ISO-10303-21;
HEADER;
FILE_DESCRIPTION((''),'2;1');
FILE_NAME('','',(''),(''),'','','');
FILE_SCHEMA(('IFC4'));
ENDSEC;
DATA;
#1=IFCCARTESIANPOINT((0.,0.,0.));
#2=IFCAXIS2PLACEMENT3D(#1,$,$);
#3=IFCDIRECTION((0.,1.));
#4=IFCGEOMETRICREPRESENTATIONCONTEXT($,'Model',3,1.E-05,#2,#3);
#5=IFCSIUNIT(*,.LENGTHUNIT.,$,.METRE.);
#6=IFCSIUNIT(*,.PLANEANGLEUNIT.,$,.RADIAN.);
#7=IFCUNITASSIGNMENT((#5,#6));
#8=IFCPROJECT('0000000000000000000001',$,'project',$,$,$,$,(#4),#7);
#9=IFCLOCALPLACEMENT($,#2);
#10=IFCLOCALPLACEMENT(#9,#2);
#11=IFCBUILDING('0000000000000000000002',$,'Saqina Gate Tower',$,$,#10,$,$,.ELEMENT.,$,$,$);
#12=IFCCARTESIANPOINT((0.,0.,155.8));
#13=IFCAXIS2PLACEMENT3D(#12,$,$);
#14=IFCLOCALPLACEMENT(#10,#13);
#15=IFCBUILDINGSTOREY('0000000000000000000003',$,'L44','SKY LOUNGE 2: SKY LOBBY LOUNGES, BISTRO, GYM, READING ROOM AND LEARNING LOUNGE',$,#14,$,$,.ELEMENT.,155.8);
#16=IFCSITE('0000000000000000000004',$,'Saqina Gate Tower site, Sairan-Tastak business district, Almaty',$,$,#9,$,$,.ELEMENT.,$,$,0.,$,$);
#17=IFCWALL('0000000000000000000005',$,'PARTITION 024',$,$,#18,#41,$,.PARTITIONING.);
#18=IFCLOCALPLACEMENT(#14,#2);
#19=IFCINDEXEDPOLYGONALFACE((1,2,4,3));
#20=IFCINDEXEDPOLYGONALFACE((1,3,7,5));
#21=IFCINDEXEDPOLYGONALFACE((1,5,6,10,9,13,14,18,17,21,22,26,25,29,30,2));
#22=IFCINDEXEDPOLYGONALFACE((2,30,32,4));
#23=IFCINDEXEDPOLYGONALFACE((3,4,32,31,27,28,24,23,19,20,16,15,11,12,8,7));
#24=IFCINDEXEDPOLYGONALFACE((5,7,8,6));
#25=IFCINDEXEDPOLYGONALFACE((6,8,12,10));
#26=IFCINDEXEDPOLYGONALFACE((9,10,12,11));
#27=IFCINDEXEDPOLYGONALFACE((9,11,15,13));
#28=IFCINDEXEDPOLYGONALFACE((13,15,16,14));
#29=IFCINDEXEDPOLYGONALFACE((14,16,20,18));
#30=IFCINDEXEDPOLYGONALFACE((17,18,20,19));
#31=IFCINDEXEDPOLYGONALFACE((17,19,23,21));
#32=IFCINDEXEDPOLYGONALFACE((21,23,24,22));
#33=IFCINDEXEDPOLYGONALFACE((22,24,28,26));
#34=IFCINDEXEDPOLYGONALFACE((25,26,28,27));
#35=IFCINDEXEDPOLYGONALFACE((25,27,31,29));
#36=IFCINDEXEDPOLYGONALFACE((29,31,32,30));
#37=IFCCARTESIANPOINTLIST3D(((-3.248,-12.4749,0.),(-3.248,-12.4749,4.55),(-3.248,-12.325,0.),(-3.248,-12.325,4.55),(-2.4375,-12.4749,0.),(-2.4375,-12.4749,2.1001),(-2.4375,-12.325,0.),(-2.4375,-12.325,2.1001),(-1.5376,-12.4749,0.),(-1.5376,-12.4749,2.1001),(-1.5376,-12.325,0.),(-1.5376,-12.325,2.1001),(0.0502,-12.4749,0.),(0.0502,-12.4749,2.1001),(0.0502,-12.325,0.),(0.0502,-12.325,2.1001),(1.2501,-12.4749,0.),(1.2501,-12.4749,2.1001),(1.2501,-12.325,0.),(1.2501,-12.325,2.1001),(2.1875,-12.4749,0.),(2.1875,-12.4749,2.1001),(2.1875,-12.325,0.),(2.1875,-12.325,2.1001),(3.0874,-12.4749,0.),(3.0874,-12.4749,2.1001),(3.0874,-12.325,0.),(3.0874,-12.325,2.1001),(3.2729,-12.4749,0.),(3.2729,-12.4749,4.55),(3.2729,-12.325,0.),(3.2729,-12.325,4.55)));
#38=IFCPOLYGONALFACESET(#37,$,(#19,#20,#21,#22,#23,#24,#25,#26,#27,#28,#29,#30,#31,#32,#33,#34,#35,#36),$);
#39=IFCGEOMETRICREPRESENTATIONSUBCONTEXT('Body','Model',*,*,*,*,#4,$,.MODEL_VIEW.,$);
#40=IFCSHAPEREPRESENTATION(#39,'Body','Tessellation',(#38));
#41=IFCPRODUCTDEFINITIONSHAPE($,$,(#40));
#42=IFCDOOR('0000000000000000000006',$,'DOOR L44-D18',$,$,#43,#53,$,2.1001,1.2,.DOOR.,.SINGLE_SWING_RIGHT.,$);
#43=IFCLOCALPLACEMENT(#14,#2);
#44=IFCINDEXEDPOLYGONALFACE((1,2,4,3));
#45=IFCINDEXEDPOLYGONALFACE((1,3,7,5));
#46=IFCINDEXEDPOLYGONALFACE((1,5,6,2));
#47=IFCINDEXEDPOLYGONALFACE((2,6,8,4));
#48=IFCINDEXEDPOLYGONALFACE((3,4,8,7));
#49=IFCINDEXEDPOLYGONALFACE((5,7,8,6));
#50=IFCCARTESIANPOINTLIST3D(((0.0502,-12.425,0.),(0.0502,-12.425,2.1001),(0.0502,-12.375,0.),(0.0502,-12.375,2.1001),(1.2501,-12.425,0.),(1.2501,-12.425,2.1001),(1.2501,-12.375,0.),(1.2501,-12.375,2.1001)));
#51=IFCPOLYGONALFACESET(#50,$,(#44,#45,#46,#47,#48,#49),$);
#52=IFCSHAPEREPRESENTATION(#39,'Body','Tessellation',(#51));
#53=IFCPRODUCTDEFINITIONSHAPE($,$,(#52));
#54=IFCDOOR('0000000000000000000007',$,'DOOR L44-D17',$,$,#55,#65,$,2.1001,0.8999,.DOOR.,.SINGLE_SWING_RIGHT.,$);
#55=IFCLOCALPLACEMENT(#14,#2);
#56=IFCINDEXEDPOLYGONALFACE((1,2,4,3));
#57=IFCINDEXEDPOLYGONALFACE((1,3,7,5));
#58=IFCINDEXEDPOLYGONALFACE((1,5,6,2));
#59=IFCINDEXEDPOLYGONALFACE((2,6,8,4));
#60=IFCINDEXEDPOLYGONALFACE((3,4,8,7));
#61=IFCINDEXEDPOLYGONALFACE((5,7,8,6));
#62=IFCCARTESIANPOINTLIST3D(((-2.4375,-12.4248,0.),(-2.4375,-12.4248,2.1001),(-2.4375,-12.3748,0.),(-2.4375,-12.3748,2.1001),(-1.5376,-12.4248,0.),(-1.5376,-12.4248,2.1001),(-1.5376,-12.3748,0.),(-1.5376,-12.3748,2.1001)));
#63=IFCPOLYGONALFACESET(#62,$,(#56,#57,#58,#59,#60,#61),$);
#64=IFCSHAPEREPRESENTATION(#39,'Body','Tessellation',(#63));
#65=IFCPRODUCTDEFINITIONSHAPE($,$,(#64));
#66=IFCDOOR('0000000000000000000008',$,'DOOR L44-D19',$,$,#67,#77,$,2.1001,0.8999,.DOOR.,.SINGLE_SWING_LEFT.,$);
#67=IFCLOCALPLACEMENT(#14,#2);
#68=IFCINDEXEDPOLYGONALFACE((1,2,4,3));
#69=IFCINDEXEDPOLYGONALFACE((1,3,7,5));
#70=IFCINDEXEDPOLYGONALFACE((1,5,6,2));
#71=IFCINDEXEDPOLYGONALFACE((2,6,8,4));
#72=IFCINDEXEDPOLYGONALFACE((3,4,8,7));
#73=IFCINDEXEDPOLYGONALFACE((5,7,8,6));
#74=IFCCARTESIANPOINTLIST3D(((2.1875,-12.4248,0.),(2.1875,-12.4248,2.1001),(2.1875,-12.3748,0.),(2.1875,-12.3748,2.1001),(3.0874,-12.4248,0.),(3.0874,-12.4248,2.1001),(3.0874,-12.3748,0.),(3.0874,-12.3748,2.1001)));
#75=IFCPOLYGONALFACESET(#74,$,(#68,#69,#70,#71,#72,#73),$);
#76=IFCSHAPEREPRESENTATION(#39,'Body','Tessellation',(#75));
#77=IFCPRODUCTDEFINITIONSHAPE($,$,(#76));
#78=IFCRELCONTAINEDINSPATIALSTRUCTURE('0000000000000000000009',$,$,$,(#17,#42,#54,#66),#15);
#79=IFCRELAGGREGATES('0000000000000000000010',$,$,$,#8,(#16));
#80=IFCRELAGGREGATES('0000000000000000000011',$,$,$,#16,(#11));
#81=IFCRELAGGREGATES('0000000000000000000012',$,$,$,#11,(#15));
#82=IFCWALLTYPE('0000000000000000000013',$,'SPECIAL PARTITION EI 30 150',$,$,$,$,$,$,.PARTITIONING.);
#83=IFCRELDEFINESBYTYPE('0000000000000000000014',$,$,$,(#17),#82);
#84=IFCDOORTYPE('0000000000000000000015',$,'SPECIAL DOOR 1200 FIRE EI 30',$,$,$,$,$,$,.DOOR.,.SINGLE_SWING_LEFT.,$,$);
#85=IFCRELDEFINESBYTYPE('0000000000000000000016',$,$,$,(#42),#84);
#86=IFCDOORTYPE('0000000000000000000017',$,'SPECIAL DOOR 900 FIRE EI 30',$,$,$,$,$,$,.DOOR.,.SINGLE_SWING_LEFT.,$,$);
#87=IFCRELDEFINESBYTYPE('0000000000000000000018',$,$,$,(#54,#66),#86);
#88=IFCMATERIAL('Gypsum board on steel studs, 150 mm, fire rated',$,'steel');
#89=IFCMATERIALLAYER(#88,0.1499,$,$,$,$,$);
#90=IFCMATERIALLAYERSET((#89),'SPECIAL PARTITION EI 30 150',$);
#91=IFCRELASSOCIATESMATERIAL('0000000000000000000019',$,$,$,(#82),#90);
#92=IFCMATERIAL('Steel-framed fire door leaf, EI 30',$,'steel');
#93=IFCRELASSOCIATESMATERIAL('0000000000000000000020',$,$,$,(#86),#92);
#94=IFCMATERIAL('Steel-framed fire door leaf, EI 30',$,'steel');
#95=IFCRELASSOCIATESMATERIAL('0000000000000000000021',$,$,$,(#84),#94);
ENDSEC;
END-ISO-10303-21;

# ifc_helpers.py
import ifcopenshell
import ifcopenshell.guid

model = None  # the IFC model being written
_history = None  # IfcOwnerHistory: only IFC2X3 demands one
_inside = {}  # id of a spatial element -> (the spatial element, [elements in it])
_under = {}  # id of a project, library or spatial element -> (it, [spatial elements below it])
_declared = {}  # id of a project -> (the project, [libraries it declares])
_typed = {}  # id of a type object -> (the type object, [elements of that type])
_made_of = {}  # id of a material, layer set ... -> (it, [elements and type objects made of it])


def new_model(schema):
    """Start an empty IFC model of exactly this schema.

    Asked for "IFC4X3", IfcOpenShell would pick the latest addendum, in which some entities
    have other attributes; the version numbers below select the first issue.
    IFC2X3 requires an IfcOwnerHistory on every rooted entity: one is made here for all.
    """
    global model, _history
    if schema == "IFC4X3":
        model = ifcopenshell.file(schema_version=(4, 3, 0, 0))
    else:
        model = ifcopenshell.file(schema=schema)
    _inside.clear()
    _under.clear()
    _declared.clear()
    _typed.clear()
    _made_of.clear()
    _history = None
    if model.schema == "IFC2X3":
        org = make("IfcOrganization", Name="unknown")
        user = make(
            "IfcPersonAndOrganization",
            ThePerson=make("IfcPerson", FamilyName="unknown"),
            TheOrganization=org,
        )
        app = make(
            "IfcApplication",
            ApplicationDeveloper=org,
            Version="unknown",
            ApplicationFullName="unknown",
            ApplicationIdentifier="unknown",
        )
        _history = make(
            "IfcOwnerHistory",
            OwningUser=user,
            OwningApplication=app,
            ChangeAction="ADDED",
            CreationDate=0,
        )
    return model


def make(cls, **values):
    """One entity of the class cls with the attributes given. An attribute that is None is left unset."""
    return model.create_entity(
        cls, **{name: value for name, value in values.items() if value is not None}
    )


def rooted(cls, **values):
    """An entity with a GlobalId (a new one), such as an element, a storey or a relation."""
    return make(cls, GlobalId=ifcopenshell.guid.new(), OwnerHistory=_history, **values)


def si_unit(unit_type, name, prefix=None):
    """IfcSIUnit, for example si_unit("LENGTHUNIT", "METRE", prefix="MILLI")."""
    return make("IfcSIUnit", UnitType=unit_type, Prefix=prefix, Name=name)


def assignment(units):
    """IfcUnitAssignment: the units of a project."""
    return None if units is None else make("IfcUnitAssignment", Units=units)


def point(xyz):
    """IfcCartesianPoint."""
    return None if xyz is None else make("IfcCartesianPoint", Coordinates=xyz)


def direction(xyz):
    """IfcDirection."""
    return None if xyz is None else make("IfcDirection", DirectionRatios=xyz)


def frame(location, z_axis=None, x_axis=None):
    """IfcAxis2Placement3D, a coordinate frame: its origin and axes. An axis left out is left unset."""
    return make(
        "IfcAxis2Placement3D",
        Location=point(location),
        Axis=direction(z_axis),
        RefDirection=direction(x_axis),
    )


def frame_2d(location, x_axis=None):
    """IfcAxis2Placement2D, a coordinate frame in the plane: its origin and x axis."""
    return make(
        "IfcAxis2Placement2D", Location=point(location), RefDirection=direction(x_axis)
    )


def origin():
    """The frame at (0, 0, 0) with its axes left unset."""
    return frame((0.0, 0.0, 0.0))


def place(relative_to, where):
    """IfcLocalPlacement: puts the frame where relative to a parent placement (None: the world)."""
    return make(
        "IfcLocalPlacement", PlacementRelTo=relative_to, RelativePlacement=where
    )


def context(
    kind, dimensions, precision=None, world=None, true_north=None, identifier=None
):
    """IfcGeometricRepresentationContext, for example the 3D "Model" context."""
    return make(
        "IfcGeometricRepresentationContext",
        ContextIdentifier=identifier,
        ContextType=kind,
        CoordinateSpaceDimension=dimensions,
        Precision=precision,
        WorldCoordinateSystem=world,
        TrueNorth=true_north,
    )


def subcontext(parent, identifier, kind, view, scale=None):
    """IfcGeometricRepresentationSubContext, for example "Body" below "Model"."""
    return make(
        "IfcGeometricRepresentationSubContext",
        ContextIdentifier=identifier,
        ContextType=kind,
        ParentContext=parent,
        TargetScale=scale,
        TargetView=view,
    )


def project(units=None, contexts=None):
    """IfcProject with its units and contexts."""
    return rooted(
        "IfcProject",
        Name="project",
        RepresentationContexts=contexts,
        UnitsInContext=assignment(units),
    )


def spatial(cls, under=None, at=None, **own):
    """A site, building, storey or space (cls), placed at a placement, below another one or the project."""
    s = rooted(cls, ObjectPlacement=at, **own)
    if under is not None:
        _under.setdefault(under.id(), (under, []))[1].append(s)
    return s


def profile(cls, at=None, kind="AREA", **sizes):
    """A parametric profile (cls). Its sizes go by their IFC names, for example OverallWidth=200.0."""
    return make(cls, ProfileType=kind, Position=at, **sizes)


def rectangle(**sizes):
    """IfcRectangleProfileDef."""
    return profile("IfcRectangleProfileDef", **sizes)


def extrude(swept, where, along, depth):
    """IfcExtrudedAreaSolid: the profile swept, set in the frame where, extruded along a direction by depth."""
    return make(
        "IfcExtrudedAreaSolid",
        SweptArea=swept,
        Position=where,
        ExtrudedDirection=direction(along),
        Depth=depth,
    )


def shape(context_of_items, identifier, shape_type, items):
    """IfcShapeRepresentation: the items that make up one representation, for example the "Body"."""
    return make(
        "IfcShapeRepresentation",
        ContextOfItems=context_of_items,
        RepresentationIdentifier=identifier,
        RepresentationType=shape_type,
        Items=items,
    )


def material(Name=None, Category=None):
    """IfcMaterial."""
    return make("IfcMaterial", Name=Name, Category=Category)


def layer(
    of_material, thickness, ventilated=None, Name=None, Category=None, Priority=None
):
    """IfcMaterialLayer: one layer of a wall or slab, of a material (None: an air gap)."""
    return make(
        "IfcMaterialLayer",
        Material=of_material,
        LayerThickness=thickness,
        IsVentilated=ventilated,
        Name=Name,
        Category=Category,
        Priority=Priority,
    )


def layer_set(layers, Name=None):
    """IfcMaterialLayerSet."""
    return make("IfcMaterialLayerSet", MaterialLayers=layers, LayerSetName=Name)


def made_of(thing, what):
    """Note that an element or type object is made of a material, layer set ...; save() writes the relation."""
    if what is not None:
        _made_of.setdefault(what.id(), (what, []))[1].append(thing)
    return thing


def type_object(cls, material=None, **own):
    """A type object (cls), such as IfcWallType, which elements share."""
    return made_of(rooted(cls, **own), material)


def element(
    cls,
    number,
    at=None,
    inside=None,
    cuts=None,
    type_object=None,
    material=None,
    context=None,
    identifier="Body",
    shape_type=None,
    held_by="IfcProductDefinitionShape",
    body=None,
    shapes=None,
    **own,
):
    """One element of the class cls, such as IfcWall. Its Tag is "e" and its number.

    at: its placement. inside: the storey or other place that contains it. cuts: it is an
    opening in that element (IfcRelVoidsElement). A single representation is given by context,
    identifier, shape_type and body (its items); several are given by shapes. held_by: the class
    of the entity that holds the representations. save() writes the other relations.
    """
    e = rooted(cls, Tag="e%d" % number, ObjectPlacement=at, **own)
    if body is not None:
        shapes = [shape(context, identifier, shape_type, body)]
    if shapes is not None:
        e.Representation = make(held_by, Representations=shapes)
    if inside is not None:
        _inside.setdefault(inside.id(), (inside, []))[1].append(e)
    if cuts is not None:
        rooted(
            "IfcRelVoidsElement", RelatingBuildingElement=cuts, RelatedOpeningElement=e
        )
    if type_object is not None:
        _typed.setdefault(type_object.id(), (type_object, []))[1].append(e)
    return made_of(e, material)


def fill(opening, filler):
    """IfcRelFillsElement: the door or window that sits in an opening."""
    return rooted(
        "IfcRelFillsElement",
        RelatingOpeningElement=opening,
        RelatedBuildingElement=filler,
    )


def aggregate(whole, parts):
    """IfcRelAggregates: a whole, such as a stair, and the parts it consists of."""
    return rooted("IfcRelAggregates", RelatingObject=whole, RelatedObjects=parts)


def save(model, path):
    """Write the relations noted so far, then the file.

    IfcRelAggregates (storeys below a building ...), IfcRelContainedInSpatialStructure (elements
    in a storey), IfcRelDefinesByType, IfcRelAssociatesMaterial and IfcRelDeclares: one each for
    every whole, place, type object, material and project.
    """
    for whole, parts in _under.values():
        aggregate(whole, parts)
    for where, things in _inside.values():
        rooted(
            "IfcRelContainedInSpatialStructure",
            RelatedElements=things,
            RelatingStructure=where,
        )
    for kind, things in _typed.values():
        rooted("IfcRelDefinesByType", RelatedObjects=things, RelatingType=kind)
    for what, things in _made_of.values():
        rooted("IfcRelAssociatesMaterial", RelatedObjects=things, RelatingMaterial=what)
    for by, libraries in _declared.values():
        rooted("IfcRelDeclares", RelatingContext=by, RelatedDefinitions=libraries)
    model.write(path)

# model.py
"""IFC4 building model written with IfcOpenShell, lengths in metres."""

from ifc_helpers import new_model, si_unit, direction, frame, frame_2d, origin, place, context, subcontext, project, spatial, rectangle, extrude, material, layer, layer_set, type_object, element, fill, save


model = new_model("IFC4")

# Units and contexts
model_context = context("Model", 3, precision=1e-05, world=origin(), true_north=direction((0.0, 1.0)))
body_context = subcontext(model_context, "Body", "Model", "MODEL_VIEW")
ifc_project = project(units=[si_unit("LENGTHUNIT", "METRE"), si_unit("PLANEANGLEUNIT", "RADIAN")], contexts=[model_context])

# Site, building, storey
site_placement = place(None, origin())
site = spatial("IfcSite", under=ifc_project, at=site_placement, Name="Saqina Gate Tower site, Sairan-Tastak business district, Almaty", CompositionType="ELEMENT", RefElevation=0.0)
building_placement = place(site_placement, origin())
building = spatial("IfcBuilding", under=site, at=building_placement, Name="Saqina Gate Tower", CompositionType="ELEMENT")
storey_placement = place(building_placement, frame((0.0, 0.0, 155.8)))
storey = spatial("IfcBuildingStorey", under=building, at=storey_placement, Name="L44", Description="SKY LOUNGE 2: SKY LOBBY LOUNGES, BISTRO, GYM, READING ROOM AND LEARNING LOUNGE", CompositionType="ELEMENT", Elevation=155.8)

# Wall, openings, doors
ifc_material_1 = material(Name="Gypsum board on steel studs, 150 mm, fire rated", Category="steel")
ifc_layer_1 = layer(ifc_material_1, 0.1499)
ifc_layer_set_1 = layer_set([ifc_layer_1], Name="SPECIAL PARTITION EI 30 150")
wall_type_1 = type_object("IfcWallType", Name="SPECIAL PARTITION EI 30 150", PredefinedType="PARTITIONING", material=ifc_layer_set_1)
ifc_material_2 = material(Name="Steel-framed fire door leaf, EI 30", Category="steel")
door_type_1 = type_object("IfcDoorType", Name="SPECIAL DOOR 900 FIRE EI 30", OperationType="SINGLE_SWING_LEFT", PredefinedType="DOOR", material=ifc_material_2)
wall_1_placement = place(storey_placement, frame((-3.248, -12.3999, 0.0), z_axis=(0.0, 0.0, 1.0), x_axis=(1.0, 0.0, 0.0)))
wall_1 = element("IfcWall", 1, at=wall_1_placement, inside=storey, type_object=wall_type_1, Name="PARTITION 024", PredefinedType="PARTITIONING", context=body_context, shape_type="SweptSolid", body=[
    extrude(rectangle(XDim=6.521, YDim=0.1499, at=frame_2d((3.2605, 0.0))), origin(), (0.0, 0.0, 1.0), 4.55),
])
opening_1_placement = place(wall_1_placement, frame((0.8105, 0.0, 0.0)))
opening_1 = element("IfcOpeningElement", 2, at=opening_1_placement, cuts=wall_1, PredefinedType="OPENING", context=body_context, shape_type="SweptSolid", body=[
    extrude(rectangle(XDim=0.8999, YDim=2.1001, at=frame_2d((0.45, 1.05))), frame((0.0, 0.0869, 0.0), z_axis=(0.0, -1.0, 0.0), x_axis=(1.0, 0.0, 0.0)), (0.0, 0.0, 1.0), 0.1738),
])
opening_2_placement = place(wall_1_placement, frame((3.2981, 0.0, 0.0)))
opening_2 = element("IfcOpeningElement", 3, at=opening_2_placement, cuts=wall_1, PredefinedType="OPENING", context=body_context, shape_type="SweptSolid", body=[
    extrude(rectangle(XDim=1.2, YDim=2.1001, at=frame_2d((0.6001, 1.05))), frame((0.0, 0.0869, 0.0), z_axis=(0.0, -1.0, 0.0), x_axis=(1.0, 0.0, 0.0)), (0.0, 0.0, 1.0), 0.1738),
])
opening_3_placement = place(wall_1_placement, frame((5.4355, 0.0, 0.0)))
opening_3 = element("IfcOpeningElement", 4, at=opening_3_placement, cuts=wall_1, PredefinedType="OPENING", context=body_context, shape_type="SweptSolid", body=[
    extrude(rectangle(XDim=0.8999, YDim=2.1001, at=frame_2d((0.45, 1.05))), frame((0.0, 0.0869, 0.0), z_axis=(0.0, -1.0, 0.0), x_axis=(1.0, 0.0, 0.0)), (0.0, 0.0, 1.0), 0.1738),
])
ifc_material_3 = material(Name="Steel-framed fire door leaf, EI 30", Category="steel")
door_type_2 = type_object("IfcDoorType", Name="SPECIAL DOOR 1200 FIRE EI 30", OperationType="SINGLE_SWING_LEFT", PredefinedType="DOOR", material=ifc_material_3)
door_1_placement = place(opening_2_placement, origin())
door_1 = element("IfcDoor", 5, at=door_1_placement, inside=storey, type_object=door_type_2, Name="DOOR L44-D18", OperationType="SINGLE_SWING_RIGHT", OverallHeight=2.1001, OverallWidth=1.2, PredefinedType="DOOR", context=body_context, shape_type="SweptSolid", body=[
    extrude(rectangle(XDim=1.2, YDim=2.1001, at=frame_2d((0.6001, 1.05))), frame((0.0, 0.0249, 0.0), z_axis=(0.0, -1.0, 0.0), x_axis=(1.0, 0.0, 0.0)), (0.0, 0.0, 1.0), 0.05),
])
fill(opening_2, door_1)
door_2_placement = place(opening_1_placement, frame((0.8999, 0.0, 0.0), z_axis=(0.0, 0.0, 1.0), x_axis=(-1.0, 0.0, 0.0)))
door_2 = element("IfcDoor", 6, at=door_2_placement, inside=storey, type_object=door_type_1, Name="DOOR L44-D17", OperationType="SINGLE_SWING_RIGHT", OverallHeight=2.1001, OverallWidth=0.8999, PredefinedType="DOOR", context=body_context, shape_type="SweptSolid", body=[
    extrude(rectangle(XDim=0.8999, YDim=2.1001, at=frame_2d((0.45, 1.05))), frame((0.0, 0.0249, 0.0), z_axis=(0.0, -1.0, 0.0), x_axis=(1.0, 0.0, 0.0)), (0.0, 0.0, 1.0), 0.05),
])
fill(opening_1, door_2)
door_3_placement = place(opening_3_placement, frame((0.8999, 0.0, 0.0), z_axis=(0.0, 0.0, 1.0), x_axis=(-1.0, 0.0, 0.0)))
door_3 = element("IfcDoor", 7, at=door_3_placement, inside=storey, type_object=door_type_1, Name="DOOR L44-D19", OperationType="SINGLE_SWING_LEFT", OverallHeight=2.1001, OverallWidth=0.8999, PredefinedType="DOOR", context=body_context, shape_type="SweptSolid", body=[
    extrude(rectangle(XDim=0.8999, YDim=2.1001, at=frame_2d((0.45, 1.05))), frame((0.0, 0.0249, 0.0), z_axis=(0.0, -1.0, 0.0), x_axis=(1.0, 0.0, 0.0)), (0.0, 0.0, 1.0), 0.05),
])
fill(opening_3, door_3)

save(model, "model.ifc")
